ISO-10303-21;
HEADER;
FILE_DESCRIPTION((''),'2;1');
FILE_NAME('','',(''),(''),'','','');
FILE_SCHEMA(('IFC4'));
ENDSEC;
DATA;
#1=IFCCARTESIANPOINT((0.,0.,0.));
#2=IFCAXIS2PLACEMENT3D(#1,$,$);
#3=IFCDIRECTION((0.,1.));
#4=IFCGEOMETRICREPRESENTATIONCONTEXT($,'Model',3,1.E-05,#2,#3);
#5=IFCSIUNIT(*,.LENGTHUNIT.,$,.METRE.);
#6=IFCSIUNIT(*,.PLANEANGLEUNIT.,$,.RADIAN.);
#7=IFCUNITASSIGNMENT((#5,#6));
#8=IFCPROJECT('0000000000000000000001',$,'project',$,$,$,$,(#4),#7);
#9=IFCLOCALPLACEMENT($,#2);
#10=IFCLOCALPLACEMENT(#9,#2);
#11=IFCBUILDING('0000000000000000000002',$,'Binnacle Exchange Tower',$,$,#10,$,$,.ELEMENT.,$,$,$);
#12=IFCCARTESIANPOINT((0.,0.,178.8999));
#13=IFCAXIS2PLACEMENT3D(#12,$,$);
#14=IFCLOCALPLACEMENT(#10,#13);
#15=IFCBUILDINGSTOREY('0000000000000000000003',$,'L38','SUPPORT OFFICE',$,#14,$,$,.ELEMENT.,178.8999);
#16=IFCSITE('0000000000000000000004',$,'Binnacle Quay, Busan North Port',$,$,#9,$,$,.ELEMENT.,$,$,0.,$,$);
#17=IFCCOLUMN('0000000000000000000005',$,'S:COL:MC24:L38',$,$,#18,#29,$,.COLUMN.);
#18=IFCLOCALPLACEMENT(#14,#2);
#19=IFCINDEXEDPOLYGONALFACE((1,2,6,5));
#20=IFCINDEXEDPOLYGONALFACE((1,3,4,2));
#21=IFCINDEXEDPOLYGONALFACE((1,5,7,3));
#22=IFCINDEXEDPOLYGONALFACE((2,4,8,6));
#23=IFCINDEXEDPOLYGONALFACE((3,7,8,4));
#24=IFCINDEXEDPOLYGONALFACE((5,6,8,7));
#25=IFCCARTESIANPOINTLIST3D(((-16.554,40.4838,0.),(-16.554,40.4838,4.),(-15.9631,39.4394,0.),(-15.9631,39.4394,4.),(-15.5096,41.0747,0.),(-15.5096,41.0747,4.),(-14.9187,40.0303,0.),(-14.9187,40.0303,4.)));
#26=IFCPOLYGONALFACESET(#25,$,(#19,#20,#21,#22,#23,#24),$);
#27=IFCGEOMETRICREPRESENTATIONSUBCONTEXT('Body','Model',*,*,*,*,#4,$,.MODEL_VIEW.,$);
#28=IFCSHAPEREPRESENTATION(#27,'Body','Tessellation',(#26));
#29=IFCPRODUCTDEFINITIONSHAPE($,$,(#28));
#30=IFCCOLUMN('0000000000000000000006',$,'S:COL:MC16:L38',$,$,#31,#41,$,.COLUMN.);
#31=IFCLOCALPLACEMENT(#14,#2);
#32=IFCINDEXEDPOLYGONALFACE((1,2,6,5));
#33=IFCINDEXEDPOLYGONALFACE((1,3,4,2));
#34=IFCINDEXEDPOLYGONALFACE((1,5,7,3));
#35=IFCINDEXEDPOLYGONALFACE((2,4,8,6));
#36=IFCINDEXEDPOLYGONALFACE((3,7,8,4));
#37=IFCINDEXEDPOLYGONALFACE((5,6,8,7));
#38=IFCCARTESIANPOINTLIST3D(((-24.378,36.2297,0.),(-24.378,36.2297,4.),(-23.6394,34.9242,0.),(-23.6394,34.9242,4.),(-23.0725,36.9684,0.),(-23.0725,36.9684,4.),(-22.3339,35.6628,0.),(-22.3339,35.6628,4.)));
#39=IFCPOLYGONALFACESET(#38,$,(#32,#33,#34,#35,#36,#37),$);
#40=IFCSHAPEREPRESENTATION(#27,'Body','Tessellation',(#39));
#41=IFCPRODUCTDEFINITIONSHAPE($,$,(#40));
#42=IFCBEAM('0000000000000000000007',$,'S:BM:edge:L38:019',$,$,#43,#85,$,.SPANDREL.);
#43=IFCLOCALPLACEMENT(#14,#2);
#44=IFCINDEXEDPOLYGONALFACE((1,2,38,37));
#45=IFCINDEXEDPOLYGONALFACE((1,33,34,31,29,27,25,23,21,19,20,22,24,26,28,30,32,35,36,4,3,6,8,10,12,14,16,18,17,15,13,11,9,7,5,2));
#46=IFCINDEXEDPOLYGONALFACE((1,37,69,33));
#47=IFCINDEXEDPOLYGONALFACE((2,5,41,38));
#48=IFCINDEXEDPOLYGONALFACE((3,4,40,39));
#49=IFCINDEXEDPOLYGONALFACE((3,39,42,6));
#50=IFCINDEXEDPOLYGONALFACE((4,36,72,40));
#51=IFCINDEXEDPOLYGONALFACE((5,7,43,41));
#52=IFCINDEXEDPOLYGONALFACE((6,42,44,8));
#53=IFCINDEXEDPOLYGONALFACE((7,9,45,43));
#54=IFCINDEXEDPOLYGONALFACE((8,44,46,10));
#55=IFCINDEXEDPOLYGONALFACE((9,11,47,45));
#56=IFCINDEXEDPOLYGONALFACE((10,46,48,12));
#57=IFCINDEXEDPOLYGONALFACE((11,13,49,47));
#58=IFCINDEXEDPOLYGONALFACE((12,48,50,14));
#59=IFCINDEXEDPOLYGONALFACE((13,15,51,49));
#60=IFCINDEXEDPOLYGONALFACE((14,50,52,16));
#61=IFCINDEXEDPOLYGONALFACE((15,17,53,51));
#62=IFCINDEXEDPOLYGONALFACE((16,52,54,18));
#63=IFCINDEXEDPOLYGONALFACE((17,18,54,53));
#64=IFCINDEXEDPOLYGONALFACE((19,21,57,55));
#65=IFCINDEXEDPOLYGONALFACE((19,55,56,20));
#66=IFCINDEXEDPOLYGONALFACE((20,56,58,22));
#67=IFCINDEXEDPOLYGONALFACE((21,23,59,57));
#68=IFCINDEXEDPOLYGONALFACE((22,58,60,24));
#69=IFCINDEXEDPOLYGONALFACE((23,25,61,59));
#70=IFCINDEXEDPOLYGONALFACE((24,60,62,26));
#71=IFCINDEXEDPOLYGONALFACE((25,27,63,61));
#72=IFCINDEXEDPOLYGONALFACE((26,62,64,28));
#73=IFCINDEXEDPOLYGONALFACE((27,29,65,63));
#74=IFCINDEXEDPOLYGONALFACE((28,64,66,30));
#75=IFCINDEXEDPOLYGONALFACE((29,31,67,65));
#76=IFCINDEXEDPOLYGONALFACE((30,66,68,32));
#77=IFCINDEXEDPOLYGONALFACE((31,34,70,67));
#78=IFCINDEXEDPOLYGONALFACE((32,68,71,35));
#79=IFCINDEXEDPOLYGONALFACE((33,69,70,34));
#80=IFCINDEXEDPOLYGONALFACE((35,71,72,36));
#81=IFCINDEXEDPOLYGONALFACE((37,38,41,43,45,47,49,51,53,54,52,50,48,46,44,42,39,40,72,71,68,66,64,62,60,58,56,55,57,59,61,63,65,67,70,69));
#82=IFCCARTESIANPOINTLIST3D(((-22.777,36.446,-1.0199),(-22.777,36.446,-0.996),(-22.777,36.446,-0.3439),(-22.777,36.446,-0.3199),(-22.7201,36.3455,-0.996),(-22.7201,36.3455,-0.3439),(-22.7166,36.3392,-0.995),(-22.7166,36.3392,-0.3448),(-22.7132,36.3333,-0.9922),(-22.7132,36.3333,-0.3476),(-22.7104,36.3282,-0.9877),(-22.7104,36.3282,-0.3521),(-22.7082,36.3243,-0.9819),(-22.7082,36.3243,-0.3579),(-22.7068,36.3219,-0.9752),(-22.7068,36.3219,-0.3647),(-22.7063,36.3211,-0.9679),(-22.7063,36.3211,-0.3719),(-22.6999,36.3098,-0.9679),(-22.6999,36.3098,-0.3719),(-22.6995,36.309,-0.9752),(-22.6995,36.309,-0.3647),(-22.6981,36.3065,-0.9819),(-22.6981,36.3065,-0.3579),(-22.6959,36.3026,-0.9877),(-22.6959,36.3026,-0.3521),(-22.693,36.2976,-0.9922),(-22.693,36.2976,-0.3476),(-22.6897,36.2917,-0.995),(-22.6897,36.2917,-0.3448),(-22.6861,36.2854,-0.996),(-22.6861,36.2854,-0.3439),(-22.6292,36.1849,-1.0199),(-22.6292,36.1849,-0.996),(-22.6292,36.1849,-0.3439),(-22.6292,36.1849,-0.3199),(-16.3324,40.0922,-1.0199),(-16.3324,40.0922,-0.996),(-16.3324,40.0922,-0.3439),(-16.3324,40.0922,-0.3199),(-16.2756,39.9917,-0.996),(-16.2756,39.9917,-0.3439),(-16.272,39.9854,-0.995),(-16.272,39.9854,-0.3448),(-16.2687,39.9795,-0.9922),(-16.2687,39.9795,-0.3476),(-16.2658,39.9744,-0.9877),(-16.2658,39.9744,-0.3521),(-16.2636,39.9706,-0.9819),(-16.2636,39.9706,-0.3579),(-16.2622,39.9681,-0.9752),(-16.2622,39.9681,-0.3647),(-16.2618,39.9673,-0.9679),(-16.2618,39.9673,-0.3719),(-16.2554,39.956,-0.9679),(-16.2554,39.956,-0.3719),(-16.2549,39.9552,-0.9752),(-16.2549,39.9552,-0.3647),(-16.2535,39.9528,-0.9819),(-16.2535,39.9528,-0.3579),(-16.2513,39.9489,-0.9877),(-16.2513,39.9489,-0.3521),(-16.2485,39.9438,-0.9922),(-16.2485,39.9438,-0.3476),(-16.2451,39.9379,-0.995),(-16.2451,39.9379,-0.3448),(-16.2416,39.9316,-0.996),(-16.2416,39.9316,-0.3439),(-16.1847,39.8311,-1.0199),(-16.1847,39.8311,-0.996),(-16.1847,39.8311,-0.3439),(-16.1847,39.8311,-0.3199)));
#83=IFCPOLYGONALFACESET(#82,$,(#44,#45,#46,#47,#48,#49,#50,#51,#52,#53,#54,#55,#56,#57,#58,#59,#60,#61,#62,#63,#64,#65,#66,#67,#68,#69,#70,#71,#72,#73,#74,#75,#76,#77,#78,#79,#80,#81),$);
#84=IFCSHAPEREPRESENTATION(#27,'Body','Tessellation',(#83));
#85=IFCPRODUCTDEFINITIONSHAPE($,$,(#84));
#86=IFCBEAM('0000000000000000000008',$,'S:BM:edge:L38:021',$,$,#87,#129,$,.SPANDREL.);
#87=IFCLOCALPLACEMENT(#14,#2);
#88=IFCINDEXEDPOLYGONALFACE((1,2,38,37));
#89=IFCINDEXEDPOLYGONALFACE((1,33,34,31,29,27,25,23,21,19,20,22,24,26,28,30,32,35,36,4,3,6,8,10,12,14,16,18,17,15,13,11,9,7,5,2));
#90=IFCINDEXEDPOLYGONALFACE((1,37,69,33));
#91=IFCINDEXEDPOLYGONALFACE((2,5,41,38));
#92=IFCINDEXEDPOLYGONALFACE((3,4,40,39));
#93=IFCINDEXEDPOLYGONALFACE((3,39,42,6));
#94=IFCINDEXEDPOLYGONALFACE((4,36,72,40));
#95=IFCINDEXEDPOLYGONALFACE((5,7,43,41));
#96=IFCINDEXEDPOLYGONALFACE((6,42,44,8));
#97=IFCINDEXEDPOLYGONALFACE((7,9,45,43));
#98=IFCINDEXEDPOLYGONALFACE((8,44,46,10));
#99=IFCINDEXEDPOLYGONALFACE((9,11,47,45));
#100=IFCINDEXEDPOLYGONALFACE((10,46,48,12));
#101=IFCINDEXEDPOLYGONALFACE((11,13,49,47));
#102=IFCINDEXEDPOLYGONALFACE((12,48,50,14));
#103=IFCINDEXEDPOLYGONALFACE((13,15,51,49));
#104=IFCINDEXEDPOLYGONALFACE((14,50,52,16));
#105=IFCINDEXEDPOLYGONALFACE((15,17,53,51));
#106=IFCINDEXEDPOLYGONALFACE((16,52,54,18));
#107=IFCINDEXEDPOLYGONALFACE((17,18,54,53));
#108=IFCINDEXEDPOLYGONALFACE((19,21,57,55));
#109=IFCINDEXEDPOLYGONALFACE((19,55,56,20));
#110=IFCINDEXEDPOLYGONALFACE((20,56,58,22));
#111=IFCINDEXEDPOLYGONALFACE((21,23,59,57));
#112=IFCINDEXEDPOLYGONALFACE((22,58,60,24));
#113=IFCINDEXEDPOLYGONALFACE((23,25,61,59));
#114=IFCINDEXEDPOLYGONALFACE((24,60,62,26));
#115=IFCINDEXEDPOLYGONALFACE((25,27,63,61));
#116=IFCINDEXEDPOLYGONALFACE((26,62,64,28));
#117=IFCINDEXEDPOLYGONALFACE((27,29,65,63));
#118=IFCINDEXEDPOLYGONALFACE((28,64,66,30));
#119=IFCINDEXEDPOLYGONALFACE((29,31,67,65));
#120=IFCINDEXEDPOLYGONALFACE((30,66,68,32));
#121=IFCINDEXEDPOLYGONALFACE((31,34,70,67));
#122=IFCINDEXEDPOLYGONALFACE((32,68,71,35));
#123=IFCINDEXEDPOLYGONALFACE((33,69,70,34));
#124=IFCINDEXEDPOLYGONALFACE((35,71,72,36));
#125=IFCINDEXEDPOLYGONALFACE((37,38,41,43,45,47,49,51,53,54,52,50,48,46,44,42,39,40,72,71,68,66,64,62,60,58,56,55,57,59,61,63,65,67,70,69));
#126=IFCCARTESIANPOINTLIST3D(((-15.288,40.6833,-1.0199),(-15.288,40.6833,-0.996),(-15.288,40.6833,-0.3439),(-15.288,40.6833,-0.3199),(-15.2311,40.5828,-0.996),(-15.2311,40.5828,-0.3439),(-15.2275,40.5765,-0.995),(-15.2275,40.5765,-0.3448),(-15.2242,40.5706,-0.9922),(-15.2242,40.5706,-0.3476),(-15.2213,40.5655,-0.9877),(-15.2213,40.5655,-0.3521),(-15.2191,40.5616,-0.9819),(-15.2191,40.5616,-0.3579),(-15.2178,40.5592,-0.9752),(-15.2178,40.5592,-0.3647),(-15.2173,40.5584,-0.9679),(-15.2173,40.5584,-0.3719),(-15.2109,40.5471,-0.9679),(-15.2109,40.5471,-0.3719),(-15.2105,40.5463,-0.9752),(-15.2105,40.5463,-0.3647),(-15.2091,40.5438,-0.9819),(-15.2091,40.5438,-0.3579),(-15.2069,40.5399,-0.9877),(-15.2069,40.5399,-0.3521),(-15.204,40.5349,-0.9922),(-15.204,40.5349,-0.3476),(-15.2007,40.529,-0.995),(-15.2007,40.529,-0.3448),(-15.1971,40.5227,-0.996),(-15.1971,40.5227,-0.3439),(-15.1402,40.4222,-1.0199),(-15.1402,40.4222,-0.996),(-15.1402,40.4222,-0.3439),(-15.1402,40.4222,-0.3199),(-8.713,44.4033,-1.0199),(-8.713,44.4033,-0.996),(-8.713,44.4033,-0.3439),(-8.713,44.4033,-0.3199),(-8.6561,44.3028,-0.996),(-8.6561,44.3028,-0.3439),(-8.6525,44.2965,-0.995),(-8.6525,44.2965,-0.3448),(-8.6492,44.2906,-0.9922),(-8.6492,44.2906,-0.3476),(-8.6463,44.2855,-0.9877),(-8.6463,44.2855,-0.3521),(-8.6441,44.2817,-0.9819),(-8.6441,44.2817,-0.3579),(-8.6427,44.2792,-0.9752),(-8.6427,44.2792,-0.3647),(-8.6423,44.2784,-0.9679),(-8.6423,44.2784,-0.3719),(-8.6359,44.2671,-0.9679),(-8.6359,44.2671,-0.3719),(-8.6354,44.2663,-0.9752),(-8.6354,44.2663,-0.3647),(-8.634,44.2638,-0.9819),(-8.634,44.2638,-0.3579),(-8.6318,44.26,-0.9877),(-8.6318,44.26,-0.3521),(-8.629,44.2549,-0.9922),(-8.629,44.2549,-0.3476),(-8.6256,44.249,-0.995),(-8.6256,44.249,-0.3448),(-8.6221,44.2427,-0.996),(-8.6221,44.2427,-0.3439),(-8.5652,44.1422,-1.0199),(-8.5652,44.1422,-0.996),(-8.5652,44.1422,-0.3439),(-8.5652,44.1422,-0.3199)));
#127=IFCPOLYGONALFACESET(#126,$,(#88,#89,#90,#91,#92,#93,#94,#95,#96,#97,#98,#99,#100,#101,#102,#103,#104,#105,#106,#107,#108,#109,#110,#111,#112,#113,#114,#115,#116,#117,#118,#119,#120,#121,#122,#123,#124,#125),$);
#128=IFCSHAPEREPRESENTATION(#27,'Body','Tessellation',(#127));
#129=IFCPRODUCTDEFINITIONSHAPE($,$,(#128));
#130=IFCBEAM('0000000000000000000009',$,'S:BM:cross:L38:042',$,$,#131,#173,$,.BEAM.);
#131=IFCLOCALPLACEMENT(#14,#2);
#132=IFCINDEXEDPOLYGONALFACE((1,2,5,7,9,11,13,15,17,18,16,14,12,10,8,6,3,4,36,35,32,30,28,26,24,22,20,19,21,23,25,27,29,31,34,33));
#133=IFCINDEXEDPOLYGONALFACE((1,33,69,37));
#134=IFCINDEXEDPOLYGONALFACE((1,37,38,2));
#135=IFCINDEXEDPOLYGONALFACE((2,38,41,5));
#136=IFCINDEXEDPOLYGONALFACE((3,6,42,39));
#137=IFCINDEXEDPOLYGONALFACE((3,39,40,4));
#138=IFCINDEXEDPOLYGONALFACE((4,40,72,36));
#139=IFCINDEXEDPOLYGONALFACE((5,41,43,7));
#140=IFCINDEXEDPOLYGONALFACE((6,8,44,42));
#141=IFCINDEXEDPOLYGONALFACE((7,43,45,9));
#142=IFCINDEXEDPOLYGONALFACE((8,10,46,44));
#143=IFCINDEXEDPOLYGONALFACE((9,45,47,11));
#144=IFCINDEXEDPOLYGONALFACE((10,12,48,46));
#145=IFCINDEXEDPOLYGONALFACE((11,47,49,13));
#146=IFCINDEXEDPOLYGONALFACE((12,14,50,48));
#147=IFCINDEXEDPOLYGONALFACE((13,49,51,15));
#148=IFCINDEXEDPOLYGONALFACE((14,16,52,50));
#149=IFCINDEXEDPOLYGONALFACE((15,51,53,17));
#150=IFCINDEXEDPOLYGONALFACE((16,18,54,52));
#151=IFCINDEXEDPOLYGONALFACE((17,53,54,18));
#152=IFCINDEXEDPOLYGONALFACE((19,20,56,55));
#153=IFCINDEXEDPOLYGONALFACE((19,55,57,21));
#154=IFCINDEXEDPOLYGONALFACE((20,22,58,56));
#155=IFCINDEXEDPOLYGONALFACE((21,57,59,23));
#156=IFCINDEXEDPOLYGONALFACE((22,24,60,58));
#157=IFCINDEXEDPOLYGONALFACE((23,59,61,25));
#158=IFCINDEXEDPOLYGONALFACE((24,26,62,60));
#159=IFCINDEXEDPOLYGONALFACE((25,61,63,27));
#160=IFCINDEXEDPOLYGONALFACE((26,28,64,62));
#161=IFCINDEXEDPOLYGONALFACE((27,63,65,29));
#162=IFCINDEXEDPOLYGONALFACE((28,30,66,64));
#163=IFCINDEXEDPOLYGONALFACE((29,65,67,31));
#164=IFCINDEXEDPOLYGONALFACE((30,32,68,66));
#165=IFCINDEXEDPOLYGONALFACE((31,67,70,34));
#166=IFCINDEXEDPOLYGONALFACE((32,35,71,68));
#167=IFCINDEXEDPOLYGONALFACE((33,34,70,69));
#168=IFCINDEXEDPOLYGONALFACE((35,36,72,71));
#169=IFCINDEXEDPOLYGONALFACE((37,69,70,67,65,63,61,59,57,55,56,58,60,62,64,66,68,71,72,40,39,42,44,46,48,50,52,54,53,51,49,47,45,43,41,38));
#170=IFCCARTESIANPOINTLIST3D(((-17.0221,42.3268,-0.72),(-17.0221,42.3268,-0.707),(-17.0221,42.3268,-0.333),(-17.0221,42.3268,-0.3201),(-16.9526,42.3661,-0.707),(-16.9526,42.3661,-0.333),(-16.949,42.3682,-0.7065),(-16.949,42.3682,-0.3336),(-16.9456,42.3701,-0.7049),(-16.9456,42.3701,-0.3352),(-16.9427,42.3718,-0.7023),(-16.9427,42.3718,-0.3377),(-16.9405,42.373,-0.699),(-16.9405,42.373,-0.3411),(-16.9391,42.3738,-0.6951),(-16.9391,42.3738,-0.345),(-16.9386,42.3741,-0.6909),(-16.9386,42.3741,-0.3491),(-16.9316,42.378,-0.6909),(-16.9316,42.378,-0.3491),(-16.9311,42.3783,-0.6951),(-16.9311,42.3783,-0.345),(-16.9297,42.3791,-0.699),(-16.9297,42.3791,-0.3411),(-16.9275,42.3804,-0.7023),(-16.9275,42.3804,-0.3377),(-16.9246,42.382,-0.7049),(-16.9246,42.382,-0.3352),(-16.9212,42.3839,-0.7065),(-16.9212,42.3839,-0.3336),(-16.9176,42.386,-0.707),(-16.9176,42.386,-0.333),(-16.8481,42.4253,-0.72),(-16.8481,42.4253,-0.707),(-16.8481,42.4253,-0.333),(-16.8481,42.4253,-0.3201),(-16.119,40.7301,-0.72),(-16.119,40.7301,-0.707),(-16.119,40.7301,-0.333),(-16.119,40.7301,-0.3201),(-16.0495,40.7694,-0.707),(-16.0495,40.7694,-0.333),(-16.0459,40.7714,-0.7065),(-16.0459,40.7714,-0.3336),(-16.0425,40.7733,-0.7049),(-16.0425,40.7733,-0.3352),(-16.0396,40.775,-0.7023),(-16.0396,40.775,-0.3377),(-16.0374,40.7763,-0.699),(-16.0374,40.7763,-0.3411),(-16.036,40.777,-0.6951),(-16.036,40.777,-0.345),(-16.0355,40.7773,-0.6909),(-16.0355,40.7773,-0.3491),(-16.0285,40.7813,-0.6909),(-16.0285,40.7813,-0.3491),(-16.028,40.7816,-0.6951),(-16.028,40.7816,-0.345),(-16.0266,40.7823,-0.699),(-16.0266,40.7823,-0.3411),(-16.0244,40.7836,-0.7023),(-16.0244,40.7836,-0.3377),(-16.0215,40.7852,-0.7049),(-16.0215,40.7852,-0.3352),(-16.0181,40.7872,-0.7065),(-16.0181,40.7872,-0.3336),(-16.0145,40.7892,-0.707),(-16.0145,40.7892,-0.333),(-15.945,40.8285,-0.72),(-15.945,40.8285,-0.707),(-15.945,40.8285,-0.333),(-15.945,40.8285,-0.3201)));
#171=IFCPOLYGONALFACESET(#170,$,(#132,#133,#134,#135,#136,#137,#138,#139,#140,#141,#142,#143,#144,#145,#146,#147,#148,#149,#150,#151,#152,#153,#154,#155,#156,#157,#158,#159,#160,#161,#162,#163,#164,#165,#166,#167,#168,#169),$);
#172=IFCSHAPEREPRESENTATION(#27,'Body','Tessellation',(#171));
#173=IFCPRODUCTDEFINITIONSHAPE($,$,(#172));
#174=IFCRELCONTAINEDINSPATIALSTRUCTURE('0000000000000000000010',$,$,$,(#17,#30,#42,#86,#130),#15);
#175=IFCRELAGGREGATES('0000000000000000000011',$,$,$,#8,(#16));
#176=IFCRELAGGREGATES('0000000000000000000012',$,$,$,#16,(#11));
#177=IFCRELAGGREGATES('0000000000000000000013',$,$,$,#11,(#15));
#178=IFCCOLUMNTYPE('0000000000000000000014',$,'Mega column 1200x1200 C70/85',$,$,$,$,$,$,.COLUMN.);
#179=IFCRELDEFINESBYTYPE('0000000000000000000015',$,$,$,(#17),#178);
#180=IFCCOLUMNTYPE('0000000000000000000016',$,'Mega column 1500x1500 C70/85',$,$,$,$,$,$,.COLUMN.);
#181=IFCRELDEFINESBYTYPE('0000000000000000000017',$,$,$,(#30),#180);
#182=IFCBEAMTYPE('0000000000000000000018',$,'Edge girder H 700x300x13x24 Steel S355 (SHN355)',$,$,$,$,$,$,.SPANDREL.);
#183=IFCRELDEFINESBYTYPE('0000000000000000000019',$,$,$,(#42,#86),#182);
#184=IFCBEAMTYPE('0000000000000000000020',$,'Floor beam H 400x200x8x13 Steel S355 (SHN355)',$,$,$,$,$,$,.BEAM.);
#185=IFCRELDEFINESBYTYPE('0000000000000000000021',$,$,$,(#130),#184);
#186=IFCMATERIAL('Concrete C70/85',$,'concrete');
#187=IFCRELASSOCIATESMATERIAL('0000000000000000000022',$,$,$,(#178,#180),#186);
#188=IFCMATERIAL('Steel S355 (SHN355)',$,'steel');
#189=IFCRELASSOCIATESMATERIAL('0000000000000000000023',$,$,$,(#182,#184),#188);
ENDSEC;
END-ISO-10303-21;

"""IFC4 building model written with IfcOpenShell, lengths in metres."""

from ifc_helpers import new_model, si_unit, direction, frame, origin, origin_2d, place, context, subcontext, project, spatial, rectangle, i_section, extrude, material, material_profile, profile_set, type_object, element, save


model = new_model("IFC4")

# Units and contexts
model_context = context("Model", 3, precision=1e-05, world=origin(), true_north=direction((0.0, 1.0)))
body_context = subcontext(model_context, "Body", "Model", "MODEL_VIEW")
ifc_project = project(units=[si_unit("LENGTHUNIT", "METRE"), si_unit("PLANEANGLEUNIT", "RADIAN")], contexts=[model_context])

# Site, building, storey
site_placement = place(None, origin())
site = spatial("IfcSite", under=ifc_project, at=site_placement, Name="Binnacle Quay, Busan North Port", CompositionType="ELEMENT", RefElevation=0.0)
building_placement = place(site_placement, origin())
building = spatial("IfcBuilding", under=site, at=building_placement, Name="Binnacle Exchange Tower", CompositionType="ELEMENT")
storey_placement = place(building_placement, frame((0.0, 0.0, 178.8999)))
storey = spatial("IfcBuildingStorey", under=building, at=storey_placement, Name="L38", Description="SUPPORT OFFICE", CompositionType="ELEMENT", Elevation=178.8999)

# Columns
ifc_material_1 = material(Name="Concrete C70/85", Category="concrete")
ifc_material_profile_1 = material_profile(ifc_material_1, rectangle(XDim=1.2, YDim=1.2, at=origin_2d()), Name="Mega column 1200x1200 C70/85")
ifc_profile_set_1 = profile_set([ifc_material_profile_1], Name="Concrete C70/85")
column_type_1 = type_object("IfcColumnType", Name="Mega column 1200x1200 C70/85", PredefinedType="COLUMN", material=ifc_profile_set_1)
column_1_placement = place(storey_placement, frame((-15.7363, 40.2571, 0.0), z_axis=(0.0, 0.0, 1.0), x_axis=(0.870356, 0.492424, 0.0)))
element("IfcColumn", 1, at=column_1_placement, inside=storey, type_object=column_type_1, Name="S:COL:MC24:L38", PredefinedType="COLUMN", context=body_context, shape_type="SweptSolid", body=[
    extrude(rectangle(XDim=1.2, YDim=1.2, at=origin_2d()), origin(), (0.0, 0.0, 1.0), 4.0),
])
ifc_material_profile_2 = material_profile(ifc_material_1, rectangle(XDim=1.5, YDim=1.5, at=origin_2d()), Name="Mega column 1500x1500 C70/85")
ifc_profile_set_2 = profile_set([ifc_material_profile_2], Name="Concrete C70/85")
column_type_2 = type_object("IfcColumnType", Name="Mega column 1500x1500 C70/85", PredefinedType="COLUMN", material=ifc_profile_set_2)
column_2_placement = place(storey_placement, frame((-23.356, 35.9463, 0.0), z_axis=(0.0, 0.0, 1.0), x_axis=(0.870356, 0.492424, 0.0)))
element("IfcColumn", 2, at=column_2_placement, inside=storey, type_object=column_type_2, Name="S:COL:MC16:L38", PredefinedType="COLUMN", context=body_context, shape_type="SweptSolid", body=[
    extrude(rectangle(XDim=1.5, YDim=1.5, at=origin_2d()), origin(), (0.0, 0.0, 1.0), 4.0),
])

# Beams
ifc_material_2 = material(Name="Steel S355 (SHN355)", Category="steel")
ifc_material_profile_3 = material_profile(ifc_material_2, i_section(OverallWidth=0.3, OverallDepth=0.7, WebThickness=0.0129, FlangeThickness=0.0239, FilletRadius=0.0281, at=origin_2d()), Name="H 700x300x13x24")
ifc_profile_set_3 = profile_set([ifc_material_profile_3], Name="Steel S355 (SHN355)")
beam_type_1 = type_object("IfcBeamType", Name="Edge girder H 700x300x13x24 Steel S355 (SHN355)", PredefinedType="SPANDREL", material=ifc_profile_set_3)
beam_1_placement = place(storey_placement, frame((-22.7031, 36.3154, -0.6699), z_axis=(0.870352, 0.492431, 0.0), x_axis=(-0.492431, 0.870352, 0.0)))
element("IfcBeam", 3, at=beam_1_placement, inside=storey, type_object=beam_type_1, Name="S:BM:edge:L38:019", PredefinedType="SPANDREL", context=body_context, shape_type="SweptSolid", body=[
    extrude(i_section(OverallWidth=0.3, OverallDepth=0.7, WebThickness=0.0129, FlangeThickness=0.0239, FilletRadius=0.0281, at=origin_2d()), origin(), (0.0, 0.0, 1.0), 7.4045),
])
beam_2_placement = place(storey_placement, frame((-15.2141, 40.5527, -0.6699), z_axis=(0.870353, 0.492428, 0.0), x_axis=(-0.492428, 0.870353, 0.0)))
element("IfcBeam", 4, at=beam_2_placement, inside=storey, type_object=beam_type_1, Name="S:BM:edge:L38:021", PredefinedType="SPANDREL", context=body_context, shape_type="SweptSolid", body=[
    extrude(i_section(OverallWidth=0.3, OverallDepth=0.7, WebThickness=0.0129, FlangeThickness=0.0239, FilletRadius=0.0281, at=origin_2d()), origin(), (0.0, 0.0, 1.0), 7.5544),
])
ifc_material_profile_4 = material_profile(ifc_material_2, i_section(OverallWidth=0.2, OverallDepth=0.3999, WebThickness=0.0081, FlangeThickness=0.0129, FilletRadius=0.0161, at=origin_2d()), Name="H 400x200x8x13")
ifc_profile_set_4 = profile_set([ifc_material_profile_4], Name="Steel S355 (SHN355)")
beam_type_2 = type_object("IfcBeamType", Name="Floor beam H 400x200x8x13 Steel S355 (SHN355)", PredefinedType="BEAM", material=ifc_profile_set_4)
beam_3_placement = place(storey_placement, frame((-16.032, 40.7793, -0.52), z_axis=(-0.492307, 0.870422, 0.0), x_axis=(-0.870422, -0.492307, 0.0)))
element("IfcBeam", 5, at=beam_3_placement, inside=storey, type_object=beam_type_2, Name="S:BM:cross:L38:042", PredefinedType="BEAM", context=body_context, shape_type="SweptSolid", body=[
    extrude(i_section(OverallWidth=0.2, OverallDepth=0.3999, WebThickness=0.0081, FlangeThickness=0.0129, FilletRadius=0.0161, at=origin_2d()), origin(), (0.0, 0.0, 1.0), 1.8345),
])

save(model, "model.ifc")
